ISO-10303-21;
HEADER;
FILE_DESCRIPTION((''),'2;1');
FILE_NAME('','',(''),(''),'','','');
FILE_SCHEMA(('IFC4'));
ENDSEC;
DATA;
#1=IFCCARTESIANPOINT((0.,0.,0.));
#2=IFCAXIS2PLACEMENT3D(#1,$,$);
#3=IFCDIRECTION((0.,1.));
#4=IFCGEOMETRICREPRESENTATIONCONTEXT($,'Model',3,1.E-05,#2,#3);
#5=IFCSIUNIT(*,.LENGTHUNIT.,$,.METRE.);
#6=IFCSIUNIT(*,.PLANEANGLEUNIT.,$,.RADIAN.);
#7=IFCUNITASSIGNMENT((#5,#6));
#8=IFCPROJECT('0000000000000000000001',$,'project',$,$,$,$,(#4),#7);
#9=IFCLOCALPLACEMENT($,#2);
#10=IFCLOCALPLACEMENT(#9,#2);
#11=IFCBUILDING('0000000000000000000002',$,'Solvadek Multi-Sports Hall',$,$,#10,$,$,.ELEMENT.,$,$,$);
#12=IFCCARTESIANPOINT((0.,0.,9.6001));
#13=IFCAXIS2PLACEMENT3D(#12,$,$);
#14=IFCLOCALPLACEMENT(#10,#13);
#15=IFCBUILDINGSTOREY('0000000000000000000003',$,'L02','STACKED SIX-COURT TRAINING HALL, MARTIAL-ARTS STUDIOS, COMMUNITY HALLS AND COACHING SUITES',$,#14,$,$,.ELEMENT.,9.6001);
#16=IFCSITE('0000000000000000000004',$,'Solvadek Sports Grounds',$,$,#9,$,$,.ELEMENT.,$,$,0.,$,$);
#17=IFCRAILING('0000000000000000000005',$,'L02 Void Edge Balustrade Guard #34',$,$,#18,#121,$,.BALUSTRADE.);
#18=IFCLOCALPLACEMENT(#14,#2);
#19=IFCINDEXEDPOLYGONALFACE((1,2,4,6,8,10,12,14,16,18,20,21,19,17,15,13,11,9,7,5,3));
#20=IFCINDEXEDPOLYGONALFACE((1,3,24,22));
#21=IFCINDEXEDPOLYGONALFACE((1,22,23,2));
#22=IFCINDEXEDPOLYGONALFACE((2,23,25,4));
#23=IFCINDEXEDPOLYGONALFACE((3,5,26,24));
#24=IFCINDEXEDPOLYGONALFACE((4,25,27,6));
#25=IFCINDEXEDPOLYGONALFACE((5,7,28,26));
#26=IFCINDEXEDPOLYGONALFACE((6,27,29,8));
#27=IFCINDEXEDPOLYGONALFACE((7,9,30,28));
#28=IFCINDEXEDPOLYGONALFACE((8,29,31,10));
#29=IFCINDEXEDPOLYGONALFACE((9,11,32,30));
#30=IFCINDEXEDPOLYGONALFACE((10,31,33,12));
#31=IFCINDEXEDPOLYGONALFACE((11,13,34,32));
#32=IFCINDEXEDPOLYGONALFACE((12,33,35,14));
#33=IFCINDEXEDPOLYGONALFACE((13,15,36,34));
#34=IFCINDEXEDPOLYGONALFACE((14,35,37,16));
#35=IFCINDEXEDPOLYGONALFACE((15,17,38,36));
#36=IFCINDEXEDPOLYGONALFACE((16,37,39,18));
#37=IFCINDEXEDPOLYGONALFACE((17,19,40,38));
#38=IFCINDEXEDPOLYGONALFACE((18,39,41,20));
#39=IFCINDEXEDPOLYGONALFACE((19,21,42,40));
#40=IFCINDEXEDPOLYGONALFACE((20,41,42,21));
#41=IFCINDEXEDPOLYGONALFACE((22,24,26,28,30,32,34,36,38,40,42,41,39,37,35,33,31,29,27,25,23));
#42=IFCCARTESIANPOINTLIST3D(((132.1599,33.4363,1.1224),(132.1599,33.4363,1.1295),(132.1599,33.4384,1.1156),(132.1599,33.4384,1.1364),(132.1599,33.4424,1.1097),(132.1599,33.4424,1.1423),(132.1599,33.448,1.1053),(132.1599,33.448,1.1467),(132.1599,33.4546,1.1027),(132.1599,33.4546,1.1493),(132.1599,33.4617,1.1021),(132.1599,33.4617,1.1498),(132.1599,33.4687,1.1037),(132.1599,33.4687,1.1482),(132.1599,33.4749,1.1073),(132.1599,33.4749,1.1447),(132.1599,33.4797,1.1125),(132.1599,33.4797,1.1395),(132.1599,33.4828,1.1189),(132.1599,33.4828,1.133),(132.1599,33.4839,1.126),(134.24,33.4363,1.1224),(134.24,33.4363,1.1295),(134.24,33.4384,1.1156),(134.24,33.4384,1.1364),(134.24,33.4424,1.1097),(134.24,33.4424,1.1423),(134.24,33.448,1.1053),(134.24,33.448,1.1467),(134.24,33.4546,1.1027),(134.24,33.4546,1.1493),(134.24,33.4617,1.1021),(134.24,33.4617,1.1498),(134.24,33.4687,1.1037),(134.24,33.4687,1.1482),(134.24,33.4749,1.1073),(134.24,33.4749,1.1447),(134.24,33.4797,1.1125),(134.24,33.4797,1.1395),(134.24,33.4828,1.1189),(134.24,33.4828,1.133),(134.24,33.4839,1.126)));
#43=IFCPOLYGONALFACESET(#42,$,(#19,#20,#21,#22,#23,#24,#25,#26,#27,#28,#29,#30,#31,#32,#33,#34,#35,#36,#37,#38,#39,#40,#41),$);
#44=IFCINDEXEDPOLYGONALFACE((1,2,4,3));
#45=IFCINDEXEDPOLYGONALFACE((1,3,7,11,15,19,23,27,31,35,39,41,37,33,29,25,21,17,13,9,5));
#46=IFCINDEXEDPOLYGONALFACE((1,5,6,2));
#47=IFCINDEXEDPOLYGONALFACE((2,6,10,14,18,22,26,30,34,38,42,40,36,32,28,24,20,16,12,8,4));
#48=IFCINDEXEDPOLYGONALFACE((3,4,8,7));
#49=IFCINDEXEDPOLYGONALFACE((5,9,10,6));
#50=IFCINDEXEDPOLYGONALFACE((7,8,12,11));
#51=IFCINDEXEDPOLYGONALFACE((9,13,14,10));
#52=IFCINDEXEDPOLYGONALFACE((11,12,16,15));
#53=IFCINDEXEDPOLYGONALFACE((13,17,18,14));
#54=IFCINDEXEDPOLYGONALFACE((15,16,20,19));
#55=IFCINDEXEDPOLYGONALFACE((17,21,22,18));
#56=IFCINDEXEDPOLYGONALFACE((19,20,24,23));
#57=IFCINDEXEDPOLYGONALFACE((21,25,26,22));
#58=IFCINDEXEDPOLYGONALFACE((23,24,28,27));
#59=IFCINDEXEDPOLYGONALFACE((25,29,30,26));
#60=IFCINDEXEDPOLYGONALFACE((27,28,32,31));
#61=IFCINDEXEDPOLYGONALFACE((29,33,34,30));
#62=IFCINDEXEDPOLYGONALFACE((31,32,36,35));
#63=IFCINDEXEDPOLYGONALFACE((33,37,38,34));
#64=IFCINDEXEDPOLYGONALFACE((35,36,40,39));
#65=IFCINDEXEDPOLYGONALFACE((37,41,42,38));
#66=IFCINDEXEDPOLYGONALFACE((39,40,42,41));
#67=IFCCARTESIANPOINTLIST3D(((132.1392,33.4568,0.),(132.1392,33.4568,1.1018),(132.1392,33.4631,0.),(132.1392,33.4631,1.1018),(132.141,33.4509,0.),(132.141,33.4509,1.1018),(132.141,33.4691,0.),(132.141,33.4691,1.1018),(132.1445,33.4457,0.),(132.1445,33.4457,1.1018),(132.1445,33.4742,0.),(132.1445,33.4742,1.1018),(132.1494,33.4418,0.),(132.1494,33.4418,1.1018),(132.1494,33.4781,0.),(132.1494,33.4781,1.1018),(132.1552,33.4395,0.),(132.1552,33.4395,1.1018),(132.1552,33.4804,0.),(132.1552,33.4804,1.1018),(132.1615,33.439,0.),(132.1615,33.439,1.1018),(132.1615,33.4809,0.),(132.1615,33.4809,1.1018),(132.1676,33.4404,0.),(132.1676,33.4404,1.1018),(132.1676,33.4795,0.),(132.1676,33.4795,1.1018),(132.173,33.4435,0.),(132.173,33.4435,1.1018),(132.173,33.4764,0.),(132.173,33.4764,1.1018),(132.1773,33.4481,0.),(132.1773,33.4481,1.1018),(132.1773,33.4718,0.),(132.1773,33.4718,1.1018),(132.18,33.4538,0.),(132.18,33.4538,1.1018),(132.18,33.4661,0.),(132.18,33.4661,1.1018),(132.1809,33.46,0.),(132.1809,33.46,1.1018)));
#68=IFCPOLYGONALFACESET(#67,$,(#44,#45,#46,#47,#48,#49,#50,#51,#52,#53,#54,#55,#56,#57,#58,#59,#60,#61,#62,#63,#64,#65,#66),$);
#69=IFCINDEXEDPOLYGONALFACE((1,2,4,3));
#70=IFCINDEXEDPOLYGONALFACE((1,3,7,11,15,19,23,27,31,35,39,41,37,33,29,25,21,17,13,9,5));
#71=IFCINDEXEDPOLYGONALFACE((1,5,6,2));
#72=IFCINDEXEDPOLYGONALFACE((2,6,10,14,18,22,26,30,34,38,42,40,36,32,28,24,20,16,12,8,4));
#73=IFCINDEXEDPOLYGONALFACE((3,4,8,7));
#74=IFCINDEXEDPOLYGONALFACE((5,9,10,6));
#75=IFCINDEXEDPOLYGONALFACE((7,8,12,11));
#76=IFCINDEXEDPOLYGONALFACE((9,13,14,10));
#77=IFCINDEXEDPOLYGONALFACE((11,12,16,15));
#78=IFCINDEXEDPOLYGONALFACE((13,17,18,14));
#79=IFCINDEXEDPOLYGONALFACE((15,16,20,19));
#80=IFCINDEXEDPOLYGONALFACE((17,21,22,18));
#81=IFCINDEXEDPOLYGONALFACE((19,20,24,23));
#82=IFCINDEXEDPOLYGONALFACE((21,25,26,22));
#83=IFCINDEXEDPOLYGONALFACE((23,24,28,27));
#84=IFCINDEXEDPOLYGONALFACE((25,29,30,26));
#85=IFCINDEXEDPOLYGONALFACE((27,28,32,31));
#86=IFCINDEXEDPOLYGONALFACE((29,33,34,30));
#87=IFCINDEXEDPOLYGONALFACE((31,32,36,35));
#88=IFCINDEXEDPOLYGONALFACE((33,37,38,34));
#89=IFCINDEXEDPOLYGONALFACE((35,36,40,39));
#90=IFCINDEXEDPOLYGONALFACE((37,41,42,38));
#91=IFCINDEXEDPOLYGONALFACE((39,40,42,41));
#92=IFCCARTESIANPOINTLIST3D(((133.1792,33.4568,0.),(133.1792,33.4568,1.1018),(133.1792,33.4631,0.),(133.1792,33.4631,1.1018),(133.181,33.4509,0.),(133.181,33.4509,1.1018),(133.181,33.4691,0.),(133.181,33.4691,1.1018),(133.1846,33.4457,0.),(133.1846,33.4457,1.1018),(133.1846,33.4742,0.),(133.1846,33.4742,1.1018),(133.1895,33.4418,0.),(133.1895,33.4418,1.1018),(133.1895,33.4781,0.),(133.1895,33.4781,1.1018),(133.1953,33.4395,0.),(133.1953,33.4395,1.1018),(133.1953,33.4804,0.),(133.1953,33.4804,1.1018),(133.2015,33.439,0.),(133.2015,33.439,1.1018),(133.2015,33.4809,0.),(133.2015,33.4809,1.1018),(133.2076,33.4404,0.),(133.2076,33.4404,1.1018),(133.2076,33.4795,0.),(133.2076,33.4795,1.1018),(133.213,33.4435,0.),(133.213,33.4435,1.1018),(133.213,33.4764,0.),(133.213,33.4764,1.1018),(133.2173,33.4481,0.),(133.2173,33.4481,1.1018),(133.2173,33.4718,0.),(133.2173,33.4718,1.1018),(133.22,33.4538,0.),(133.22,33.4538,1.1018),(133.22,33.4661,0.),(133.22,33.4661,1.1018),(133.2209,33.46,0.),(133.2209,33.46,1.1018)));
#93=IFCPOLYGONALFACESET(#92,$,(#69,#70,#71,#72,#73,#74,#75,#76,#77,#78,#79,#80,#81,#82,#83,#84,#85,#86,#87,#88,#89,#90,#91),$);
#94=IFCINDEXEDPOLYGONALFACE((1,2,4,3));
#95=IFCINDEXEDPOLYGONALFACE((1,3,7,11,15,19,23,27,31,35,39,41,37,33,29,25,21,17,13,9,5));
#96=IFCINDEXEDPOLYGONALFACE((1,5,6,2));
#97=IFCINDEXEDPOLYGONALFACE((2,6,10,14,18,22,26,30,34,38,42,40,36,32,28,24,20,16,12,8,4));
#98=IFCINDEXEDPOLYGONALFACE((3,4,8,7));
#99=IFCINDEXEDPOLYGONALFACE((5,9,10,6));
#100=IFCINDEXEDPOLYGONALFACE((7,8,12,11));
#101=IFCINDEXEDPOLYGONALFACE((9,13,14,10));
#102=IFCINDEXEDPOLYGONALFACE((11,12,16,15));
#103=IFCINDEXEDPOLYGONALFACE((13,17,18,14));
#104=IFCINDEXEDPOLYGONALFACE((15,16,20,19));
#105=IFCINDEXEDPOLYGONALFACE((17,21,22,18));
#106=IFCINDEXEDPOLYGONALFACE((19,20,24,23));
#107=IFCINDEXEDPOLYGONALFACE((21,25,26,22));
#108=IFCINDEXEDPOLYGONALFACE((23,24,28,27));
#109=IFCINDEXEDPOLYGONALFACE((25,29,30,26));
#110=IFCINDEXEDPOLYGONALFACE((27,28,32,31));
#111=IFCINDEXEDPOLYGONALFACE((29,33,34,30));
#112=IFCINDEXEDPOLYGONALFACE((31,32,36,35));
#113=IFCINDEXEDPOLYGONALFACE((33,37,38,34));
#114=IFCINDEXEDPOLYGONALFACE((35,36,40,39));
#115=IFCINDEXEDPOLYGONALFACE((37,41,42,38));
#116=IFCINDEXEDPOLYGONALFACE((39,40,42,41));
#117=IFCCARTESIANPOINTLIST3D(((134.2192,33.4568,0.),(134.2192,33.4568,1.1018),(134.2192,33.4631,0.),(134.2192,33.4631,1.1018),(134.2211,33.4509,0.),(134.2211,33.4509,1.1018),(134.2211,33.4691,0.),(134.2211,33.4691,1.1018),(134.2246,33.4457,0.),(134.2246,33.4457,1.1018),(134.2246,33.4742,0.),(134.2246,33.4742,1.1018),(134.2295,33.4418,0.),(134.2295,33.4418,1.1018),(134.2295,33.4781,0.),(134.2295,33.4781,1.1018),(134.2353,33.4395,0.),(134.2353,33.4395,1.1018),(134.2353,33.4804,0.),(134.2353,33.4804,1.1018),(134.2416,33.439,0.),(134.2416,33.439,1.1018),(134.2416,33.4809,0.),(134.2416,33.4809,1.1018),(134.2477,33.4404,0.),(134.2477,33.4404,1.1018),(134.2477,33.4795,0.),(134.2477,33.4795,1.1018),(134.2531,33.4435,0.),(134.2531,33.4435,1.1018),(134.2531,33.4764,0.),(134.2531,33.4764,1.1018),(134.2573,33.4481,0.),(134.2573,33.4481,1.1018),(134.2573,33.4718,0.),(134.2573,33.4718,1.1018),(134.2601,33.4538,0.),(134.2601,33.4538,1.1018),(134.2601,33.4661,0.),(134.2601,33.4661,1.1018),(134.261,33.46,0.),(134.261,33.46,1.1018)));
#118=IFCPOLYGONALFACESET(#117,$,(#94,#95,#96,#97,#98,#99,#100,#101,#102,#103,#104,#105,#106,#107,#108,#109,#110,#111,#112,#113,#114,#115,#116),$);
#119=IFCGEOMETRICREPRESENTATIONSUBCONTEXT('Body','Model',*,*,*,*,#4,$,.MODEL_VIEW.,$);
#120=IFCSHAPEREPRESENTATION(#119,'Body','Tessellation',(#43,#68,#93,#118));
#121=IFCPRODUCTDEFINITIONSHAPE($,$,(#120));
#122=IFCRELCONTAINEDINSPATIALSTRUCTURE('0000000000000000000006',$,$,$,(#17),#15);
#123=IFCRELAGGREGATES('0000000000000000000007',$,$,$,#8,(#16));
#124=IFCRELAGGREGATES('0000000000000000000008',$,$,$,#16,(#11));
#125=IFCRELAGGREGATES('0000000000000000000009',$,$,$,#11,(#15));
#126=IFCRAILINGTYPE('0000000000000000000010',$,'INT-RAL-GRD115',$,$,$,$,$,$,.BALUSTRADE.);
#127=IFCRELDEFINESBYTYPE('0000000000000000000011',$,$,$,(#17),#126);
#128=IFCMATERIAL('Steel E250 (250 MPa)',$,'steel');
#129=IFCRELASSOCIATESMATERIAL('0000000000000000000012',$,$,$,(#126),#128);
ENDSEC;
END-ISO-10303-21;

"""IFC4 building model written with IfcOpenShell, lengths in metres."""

from ifc_helpers import new_model, si_unit, direction, frame, origin, origin_2d, place, context, subcontext, project, spatial, circle, extrude, material, type_object, element, save


model = new_model("IFC4")

# Units and contexts
model_context = context("Model", 3, precision=1e-05, world=origin(), true_north=direction((0.0, 1.0)))
body_context = subcontext(model_context, "Body", "Model", "MODEL_VIEW")
ifc_project = project(units=[si_unit("LENGTHUNIT", "METRE"), si_unit("PLANEANGLEUNIT", "RADIAN")], contexts=[model_context])

# Site, building, storey
site_placement = place(None, origin())
site = spatial("IfcSite", under=ifc_project, at=site_placement, Name="Solvadek Sports Grounds", CompositionType="ELEMENT", RefElevation=0.0)
building_placement = place(site_placement, origin())
building = spatial("IfcBuilding", under=site, at=building_placement, Name="Solvadek Multi-Sports Hall", CompositionType="ELEMENT")
storey_placement = place(building_placement, frame((0.0, 0.0, 9.6001)))
storey = spatial("IfcBuildingStorey", under=building, at=storey_placement, Name="L02", Description="STACKED SIX-COURT TRAINING HALL, MARTIAL-ARTS STUDIOS, COMMUNITY HALLS AND COACHING SUITES", CompositionType="ELEMENT", Elevation=9.6001)

# Railing
ifc_material_1 = material(Name="Steel E250 (250 MPa)", Category="steel")
railing_type = type_object("IfcRailingType", Name="INT-RAL-GRD115", PredefinedType="BALUSTRADE", material=ifc_material_1)
railing_1_placement = place(storey_placement, frame((132.1599, 33.46, 0.0)))
element("IfcRailing", 1, at=railing_1_placement, inside=storey, type_object=railing_type, Name="L02 Void Edge Balustrade Guard #34", PredefinedType="BALUSTRADE", context=body_context, shape_type="SweptSolid", body=[
    extrude(circle(Radius=0.0239, at=origin_2d()), frame((0.0, 0.0, 1.126), z_axis=(1.0, 0.0, 0.0), x_axis=(0.0, 1.0, 0.0)), (0.0, 0.0, 1.0), 2.0801),
    extrude(circle(Radius=0.021, at=origin_2d()), origin(), (0.0, 0.0, 1.0), 1.1018),
    extrude(circle(Radius=0.021, at=origin_2d()), frame((1.04, 0.0, 0.0)), (0.0, 0.0, 1.0), 1.1018),
    extrude(circle(Radius=0.021, at=origin_2d()), frame((2.0801, 0.0, 0.0)), (0.0, 0.0, 1.0), 1.1018),
])

save(model, "model.ifc")
